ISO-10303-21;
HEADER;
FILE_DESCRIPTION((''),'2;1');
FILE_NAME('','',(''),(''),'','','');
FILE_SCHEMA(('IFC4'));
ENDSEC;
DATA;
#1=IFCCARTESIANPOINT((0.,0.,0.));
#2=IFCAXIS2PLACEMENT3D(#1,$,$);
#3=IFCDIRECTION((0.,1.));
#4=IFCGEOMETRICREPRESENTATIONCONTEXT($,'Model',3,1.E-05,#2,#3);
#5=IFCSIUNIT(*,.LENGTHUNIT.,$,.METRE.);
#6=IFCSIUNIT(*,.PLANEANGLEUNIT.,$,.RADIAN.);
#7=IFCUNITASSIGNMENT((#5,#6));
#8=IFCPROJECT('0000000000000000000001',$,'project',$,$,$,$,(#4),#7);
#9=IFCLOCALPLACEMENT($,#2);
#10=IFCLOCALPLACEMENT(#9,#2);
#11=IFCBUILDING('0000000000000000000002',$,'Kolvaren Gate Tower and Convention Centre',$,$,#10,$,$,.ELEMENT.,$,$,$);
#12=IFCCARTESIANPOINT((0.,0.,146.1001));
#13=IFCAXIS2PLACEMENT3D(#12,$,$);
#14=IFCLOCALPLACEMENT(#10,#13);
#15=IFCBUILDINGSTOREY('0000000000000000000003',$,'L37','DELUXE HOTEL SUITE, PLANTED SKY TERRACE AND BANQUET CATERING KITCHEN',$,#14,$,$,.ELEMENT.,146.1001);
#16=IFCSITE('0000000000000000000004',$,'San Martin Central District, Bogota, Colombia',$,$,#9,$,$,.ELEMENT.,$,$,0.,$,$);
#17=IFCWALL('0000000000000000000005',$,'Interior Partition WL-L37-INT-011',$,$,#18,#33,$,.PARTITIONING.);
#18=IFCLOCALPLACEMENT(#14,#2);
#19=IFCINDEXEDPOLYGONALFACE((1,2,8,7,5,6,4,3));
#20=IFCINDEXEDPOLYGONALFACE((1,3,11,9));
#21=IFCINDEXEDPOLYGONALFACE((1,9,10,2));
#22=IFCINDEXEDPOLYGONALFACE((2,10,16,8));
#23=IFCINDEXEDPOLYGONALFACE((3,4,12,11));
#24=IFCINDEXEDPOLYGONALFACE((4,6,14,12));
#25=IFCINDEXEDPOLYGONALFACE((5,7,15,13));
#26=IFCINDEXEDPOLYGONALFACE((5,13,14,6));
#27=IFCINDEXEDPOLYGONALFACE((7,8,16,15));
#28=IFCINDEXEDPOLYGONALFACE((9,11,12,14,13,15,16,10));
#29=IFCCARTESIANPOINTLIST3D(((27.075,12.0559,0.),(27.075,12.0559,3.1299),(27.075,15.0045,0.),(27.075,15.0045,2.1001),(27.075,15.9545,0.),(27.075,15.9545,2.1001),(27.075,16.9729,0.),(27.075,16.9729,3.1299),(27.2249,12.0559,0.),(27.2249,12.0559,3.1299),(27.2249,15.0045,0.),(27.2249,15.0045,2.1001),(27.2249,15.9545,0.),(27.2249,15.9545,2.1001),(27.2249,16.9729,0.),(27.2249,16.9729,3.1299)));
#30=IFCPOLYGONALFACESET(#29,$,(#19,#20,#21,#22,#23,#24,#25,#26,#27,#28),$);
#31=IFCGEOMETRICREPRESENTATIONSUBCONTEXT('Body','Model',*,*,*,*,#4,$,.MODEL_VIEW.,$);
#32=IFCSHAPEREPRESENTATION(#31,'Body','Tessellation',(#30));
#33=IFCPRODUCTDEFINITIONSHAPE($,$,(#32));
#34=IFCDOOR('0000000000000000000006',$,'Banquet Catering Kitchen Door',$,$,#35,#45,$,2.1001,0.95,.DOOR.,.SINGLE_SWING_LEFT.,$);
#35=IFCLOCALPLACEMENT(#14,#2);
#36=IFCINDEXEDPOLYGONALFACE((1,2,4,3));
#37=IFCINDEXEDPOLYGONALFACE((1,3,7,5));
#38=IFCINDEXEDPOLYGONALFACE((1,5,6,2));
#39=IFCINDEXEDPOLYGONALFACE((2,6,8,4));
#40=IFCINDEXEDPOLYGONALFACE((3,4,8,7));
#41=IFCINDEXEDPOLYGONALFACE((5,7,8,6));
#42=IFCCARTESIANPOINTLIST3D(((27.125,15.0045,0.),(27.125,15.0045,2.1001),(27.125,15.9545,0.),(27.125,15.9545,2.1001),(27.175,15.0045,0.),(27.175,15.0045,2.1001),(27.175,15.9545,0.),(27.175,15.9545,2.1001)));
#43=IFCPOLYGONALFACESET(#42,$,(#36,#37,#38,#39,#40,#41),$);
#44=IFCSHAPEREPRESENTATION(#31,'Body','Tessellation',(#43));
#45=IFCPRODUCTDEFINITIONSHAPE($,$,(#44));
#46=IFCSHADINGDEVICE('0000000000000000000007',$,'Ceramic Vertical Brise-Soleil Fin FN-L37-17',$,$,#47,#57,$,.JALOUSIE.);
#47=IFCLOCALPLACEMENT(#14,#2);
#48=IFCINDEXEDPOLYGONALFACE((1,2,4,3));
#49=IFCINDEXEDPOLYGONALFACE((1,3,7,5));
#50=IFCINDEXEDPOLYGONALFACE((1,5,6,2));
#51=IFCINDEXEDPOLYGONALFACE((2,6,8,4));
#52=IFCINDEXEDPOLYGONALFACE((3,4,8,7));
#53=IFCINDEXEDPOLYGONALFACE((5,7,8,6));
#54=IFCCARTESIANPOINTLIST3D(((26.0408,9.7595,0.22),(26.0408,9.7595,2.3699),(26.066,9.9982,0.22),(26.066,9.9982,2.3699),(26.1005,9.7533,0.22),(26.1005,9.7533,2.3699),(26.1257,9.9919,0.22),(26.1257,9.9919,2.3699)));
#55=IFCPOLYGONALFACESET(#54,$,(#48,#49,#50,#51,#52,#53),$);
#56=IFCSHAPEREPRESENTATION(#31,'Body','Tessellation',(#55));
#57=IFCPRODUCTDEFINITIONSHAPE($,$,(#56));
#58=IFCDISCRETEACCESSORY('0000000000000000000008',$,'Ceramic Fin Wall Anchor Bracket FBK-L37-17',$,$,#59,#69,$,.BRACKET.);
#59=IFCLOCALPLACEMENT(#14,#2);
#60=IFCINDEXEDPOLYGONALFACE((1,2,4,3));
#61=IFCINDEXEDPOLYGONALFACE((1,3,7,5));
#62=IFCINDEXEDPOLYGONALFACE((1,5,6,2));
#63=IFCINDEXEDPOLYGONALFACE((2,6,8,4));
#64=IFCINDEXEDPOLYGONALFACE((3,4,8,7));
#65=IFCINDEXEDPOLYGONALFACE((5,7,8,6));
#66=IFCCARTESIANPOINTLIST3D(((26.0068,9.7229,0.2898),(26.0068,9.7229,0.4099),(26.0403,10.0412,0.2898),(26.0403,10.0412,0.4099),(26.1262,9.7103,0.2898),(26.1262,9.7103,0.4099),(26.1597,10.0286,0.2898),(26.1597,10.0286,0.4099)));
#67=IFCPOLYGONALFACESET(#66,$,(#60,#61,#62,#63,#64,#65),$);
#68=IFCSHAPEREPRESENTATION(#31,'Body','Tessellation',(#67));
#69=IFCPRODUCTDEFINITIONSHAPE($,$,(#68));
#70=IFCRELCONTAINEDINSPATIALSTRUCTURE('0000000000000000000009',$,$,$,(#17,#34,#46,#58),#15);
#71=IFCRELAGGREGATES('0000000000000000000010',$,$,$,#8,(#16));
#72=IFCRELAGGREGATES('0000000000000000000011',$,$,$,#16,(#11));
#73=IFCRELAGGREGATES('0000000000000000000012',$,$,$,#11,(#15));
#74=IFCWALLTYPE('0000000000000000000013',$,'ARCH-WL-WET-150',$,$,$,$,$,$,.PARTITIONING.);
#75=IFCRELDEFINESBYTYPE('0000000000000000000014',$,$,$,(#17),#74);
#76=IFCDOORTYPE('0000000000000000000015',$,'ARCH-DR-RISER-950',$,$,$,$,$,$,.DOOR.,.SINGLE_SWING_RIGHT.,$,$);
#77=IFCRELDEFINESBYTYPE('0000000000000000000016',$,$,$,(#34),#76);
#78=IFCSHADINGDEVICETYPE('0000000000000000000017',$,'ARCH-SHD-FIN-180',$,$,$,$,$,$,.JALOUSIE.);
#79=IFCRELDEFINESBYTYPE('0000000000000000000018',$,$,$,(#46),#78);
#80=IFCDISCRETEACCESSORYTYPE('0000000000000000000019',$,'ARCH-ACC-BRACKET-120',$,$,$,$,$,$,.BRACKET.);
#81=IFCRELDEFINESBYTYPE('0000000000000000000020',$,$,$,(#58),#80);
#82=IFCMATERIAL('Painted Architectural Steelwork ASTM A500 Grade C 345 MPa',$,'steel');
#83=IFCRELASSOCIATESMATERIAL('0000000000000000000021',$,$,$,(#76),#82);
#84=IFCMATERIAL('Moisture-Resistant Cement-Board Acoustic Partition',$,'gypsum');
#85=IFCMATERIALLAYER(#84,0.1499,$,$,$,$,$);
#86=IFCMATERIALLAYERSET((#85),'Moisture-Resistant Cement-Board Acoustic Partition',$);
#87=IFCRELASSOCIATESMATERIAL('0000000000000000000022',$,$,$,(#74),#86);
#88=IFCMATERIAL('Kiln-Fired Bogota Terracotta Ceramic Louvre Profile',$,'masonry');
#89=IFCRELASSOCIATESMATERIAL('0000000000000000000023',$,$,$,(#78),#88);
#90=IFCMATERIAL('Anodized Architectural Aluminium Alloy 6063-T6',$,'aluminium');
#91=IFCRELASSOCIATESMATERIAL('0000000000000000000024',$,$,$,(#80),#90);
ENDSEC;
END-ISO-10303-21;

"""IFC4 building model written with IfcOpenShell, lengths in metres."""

from ifc_helpers import new_model, si_unit, direction, frame, frame_2d, origin, origin_2d, place, context, subcontext, project, spatial, rectangle, extrude, material, layer, layer_set, type_object, element, fill, save


model = new_model("IFC4")

# Units and contexts
model_context = context("Model", 3, precision=1e-05, world=origin(), true_north=direction((0.0, 1.0)))
body_context = subcontext(model_context, "Body", "Model", "MODEL_VIEW")
ifc_project = project(units=[si_unit("LENGTHUNIT", "METRE"), si_unit("PLANEANGLEUNIT", "RADIAN")], contexts=[model_context])

# Site, building, storey
site_placement = place(None, origin())
site = spatial("IfcSite", under=ifc_project, at=site_placement, Name="San Martin Central District, Bogota, Colombia", CompositionType="ELEMENT", RefElevation=0.0)
building_placement = place(site_placement, origin())
building = spatial("IfcBuilding", under=site, at=building_placement, Name="Kolvaren Gate Tower and Convention Centre", CompositionType="ELEMENT")
storey_placement = place(building_placement, frame((0.0, 0.0, 146.1001)))
storey = spatial("IfcBuildingStorey", under=building, at=storey_placement, Name="L37", Description="DELUXE HOTEL SUITE, PLANTED SKY TERRACE AND BANQUET CATERING KITCHEN", CompositionType="ELEMENT", Elevation=146.1001)

# Shared definitions
ifc_material_1 = material(Name="Painted Architectural Steelwork ASTM A500 Grade C 345 MPa", Category="steel")
door_type = type_object("IfcDoorType", Name="ARCH-DR-RISER-950", OperationType="SINGLE_SWING_RIGHT", PredefinedType="DOOR", material=ifc_material_1)

# Shared definitions
ifc_material_2 = material(Name="Moisture-Resistant Cement-Board Acoustic Partition", Category="gypsum")
ifc_layer_1 = layer(ifc_material_2, 0.1499)
ifc_layer_set_1 = layer_set([ifc_layer_1], Name="Moisture-Resistant Cement-Board Acoustic Partition")
wall_type_1 = type_object("IfcWallType", Name="ARCH-WL-WET-150", PredefinedType="PARTITIONING", material=ifc_layer_set_1)

# Wall, opening, door
wall_1_placement = place(storey_placement, frame((27.1499, 12.0559, 0.0), z_axis=(0.0, 0.0, 1.0), x_axis=(0.0, 1.0, 0.0)))
wall_1 = element("IfcWall", 1, at=wall_1_placement, inside=storey, type_object=wall_type_1, Name="Interior Partition WL-L37-INT-011", PredefinedType="PARTITIONING", context=body_context, shape_type="SweptSolid", body=[
    extrude(rectangle(XDim=4.917, YDim=0.1499, at=frame_2d((2.4585, 0.0))), origin(), (0.0, 0.0, 1.0), 3.1299),
])
opening_1_placement = place(wall_1_placement, frame((2.9485, 0.0, 0.0)))
opening_1 = element("IfcOpeningElement", 2, at=opening_1_placement, cuts=wall_1, PredefinedType="OPENING", context=body_context, shape_type="SweptSolid", body=[
    extrude(rectangle(XDim=0.95, YDim=2.1001, at=frame_2d((0.4751, 1.05))), frame((0.0, 0.085, 0.0), z_axis=(0.0, -1.0, 0.0), x_axis=(1.0, 0.0, 0.0)), (0.0, 0.0, 1.0), 0.1699),
])
door_1_placement = place(opening_1_placement, origin())
door_1 = element("IfcDoor", 3, at=door_1_placement, inside=storey, type_object=door_type, Name="Banquet Catering Kitchen Door", OperationType="SINGLE_SWING_LEFT", OverallHeight=2.1001, OverallWidth=0.95, PredefinedType="DOOR", context=body_context, shape_type="SweptSolid", body=[
    extrude(rectangle(XDim=0.95, YDim=2.1001, at=frame_2d((0.4751, 1.05))), frame((0.0, 0.0249, 0.0), z_axis=(0.0, -1.0, 0.0), x_axis=(1.0, 0.0, 0.0)), (0.0, 0.0, 1.0), 0.05),
])
fill(opening_1, door_1)

# Shading device
ifc_material_3 = material(Name="Kiln-Fired Bogota Terracotta Ceramic Louvre Profile", Category="masonry")
shading_device_type = type_object("IfcShadingDeviceType", Name="ARCH-SHD-FIN-180", PredefinedType="JALOUSIE", material=ifc_material_3)
shading_device_placement = place(storey_placement, frame((26.0833, 9.8757, 0.22), z_axis=(0.0, 0.0, 1.0), x_axis=(0.994499, -0.104744, 0.0)))
element("IfcShadingDevice", 4, at=shading_device_placement, inside=storey, type_object=shading_device_type, Name="Ceramic Vertical Brise-Soleil Fin FN-L37-17", PredefinedType="JALOUSIE", context=body_context, shape_type="SweptSolid", body=[
    extrude(rectangle(XDim=0.0601, YDim=0.24, at=origin_2d()), origin(), (0.0, 0.0, 1.0), 2.1499),
])

# Discrete accessory
ifc_material_4 = material(Name="Anodized Architectural Aluminium Alloy 6063-T6", Category="aluminium")
discrete_accessory_type = type_object("IfcDiscreteAccessoryType", Name="ARCH-ACC-BRACKET-120", PredefinedType="BRACKET", material=ifc_material_4)
discrete_accessory_placement = place(storey_placement, frame((26.0833, 9.8757, 0.2898), z_axis=(0.0, 0.0, 1.0), x_axis=(0.994499, -0.104744, 0.0)))
element("IfcDiscreteAccessory", 5, at=discrete_accessory_placement, inside=storey, type_object=discrete_accessory_type, Name="Ceramic Fin Wall Anchor Bracket FBK-L37-17", PredefinedType="BRACKET", context=body_context, shape_type="SweptSolid", body=[
    extrude(rectangle(XDim=0.1201, YDim=0.3201, at=origin_2d()), origin(), (0.0, 0.0, 1.0), 0.1201),
])

save(model, "model.ifc")
